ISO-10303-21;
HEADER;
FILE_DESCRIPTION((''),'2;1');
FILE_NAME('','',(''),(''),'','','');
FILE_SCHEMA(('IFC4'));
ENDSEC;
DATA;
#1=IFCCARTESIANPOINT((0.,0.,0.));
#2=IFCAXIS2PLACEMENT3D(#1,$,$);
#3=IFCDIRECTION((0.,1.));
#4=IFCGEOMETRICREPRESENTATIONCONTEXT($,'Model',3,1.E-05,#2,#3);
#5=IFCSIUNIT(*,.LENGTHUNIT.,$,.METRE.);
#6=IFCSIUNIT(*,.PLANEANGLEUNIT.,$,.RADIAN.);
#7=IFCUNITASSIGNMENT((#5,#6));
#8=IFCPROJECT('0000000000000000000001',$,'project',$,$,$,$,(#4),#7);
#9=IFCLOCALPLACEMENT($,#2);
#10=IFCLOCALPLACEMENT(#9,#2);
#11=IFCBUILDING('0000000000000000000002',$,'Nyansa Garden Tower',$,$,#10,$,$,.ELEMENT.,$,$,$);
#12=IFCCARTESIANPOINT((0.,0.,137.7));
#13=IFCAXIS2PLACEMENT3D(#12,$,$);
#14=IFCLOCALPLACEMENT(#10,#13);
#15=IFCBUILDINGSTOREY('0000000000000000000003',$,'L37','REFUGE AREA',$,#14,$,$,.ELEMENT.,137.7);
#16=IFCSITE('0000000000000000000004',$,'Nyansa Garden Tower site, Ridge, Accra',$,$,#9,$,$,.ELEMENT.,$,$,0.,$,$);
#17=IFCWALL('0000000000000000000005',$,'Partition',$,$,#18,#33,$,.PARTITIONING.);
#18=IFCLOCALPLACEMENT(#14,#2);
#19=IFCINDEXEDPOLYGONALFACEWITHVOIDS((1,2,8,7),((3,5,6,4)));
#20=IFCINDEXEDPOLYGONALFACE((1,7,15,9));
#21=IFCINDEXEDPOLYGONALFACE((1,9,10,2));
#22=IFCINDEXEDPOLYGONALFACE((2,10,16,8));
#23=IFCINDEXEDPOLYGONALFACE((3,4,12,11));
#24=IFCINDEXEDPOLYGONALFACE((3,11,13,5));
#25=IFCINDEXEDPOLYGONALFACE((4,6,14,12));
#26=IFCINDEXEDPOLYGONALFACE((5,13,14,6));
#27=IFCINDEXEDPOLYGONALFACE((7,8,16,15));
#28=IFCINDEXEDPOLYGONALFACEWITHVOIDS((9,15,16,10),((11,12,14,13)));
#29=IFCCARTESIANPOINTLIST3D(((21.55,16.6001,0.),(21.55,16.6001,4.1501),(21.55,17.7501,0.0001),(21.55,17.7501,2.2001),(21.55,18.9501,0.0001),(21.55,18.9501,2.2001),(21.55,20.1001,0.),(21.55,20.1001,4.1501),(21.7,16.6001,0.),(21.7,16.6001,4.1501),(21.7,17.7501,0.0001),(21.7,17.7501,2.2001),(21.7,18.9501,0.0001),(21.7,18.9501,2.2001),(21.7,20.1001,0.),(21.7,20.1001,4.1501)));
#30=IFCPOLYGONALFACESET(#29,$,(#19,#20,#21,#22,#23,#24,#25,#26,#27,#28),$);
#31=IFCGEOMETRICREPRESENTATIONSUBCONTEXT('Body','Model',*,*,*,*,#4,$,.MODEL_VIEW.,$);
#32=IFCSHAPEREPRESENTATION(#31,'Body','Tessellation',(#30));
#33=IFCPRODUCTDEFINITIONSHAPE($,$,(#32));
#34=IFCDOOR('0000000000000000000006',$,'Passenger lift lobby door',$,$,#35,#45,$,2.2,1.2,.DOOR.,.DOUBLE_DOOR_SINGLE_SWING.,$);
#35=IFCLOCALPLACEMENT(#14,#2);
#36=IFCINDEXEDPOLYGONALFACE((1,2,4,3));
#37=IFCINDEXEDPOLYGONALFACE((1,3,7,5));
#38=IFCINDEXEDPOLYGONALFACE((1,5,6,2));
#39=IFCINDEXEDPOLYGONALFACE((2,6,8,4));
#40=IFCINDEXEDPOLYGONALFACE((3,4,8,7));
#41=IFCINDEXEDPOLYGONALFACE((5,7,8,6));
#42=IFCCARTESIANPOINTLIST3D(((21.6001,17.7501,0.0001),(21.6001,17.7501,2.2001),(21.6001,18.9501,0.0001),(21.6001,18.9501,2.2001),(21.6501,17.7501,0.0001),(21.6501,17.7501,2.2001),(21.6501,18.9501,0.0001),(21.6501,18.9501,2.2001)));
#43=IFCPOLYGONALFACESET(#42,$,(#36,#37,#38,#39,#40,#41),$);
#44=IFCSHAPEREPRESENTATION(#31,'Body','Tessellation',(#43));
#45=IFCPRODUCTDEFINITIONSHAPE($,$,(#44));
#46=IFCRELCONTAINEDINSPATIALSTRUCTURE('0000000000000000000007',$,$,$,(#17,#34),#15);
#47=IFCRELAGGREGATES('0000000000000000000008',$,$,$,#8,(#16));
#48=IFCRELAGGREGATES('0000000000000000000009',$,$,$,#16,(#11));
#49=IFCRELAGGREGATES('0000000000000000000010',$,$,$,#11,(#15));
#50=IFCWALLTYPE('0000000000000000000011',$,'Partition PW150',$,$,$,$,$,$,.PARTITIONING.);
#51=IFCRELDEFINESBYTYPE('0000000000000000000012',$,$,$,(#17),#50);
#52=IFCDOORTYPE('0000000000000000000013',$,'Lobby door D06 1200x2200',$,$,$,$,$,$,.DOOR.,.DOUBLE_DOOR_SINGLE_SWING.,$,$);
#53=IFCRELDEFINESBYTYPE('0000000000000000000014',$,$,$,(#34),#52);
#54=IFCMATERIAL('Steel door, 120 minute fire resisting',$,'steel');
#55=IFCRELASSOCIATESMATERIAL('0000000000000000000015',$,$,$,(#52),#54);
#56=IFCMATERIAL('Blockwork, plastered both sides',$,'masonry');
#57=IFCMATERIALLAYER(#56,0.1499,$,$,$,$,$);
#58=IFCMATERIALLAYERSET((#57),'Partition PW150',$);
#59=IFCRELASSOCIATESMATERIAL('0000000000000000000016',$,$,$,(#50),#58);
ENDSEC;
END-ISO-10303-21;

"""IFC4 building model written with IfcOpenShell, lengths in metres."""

from ifc_helpers import new_model, si_unit, direction, frame, frame_2d, origin, place, context, subcontext, project, spatial, rectangle, extrude, material, layer, layer_set, type_object, element, fill, save


model = new_model("IFC4")

# Units and contexts
model_context = context("Model", 3, precision=1e-05, world=origin(), true_north=direction((0.0, 1.0)))
body_context = subcontext(model_context, "Body", "Model", "MODEL_VIEW")
ifc_project = project(units=[si_unit("LENGTHUNIT", "METRE"), si_unit("PLANEANGLEUNIT", "RADIAN")], contexts=[model_context])

# Site, building, storey
site_placement = place(None, origin())
site = spatial("IfcSite", under=ifc_project, at=site_placement, Name="Nyansa Garden Tower site, Ridge, Accra", CompositionType="ELEMENT", RefElevation=0.0)
building_placement = place(site_placement, origin())
building = spatial("IfcBuilding", under=site, at=building_placement, Name="Nyansa Garden Tower", CompositionType="ELEMENT")
storey_placement = place(building_placement, frame((0.0, 0.0, 137.7)))
storey = spatial("IfcBuildingStorey", under=building, at=storey_placement, Name="L37", Description="REFUGE AREA", CompositionType="ELEMENT", Elevation=137.7)

# Wall, opening, door
ifc_material_1 = material(Name="Steel door, 120 minute fire resisting", Category="steel")
door_type = type_object("IfcDoorType", Name="Lobby door D06 1200x2200", OperationType="DOUBLE_DOOR_SINGLE_SWING", PredefinedType="DOOR", material=ifc_material_1)
ifc_material_2 = material(Name="Blockwork, plastered both sides", Category="masonry")
ifc_layer_1 = layer(ifc_material_2, 0.1499)
ifc_layer_set_1 = layer_set([ifc_layer_1], Name="Partition PW150")
wall_type_1 = type_object("IfcWallType", Name="Partition PW150", PredefinedType="PARTITIONING", material=ifc_layer_set_1)
wall_1_placement = place(storey_placement, frame((21.625, 16.6001, 0.0), z_axis=(0.0, 0.0, 1.0), x_axis=(0.0, 1.0, 0.0)))
wall_1 = element("IfcWall", 1, at=wall_1_placement, inside=storey, type_object=wall_type_1, Name="Partition", PredefinedType="PARTITIONING", context=body_context, shape_type="SweptSolid", body=[
    extrude(rectangle(XDim=3.5, YDim=0.1499, at=frame_2d((1.75, 0.0))), origin(), (0.0, 0.0, 1.0), 4.1501),
])
opening_1_placement = place(wall_1_placement, frame((1.1499, 0.0, 0.0)))
opening_1 = element("IfcOpeningElement", 2, at=opening_1_placement, cuts=wall_1, PredefinedType="OPENING", context=body_context, shape_type="SweptSolid", body=[
    extrude(rectangle(XDim=1.2, YDim=2.2, at=frame_2d((0.6001, 1.1001))), frame((0.0, 0.085, 0.0), z_axis=(0.0, -1.0, 0.0), x_axis=(1.0, 0.0, 0.0)), (0.0, 0.0, 1.0), 0.1699),
])
door_1_placement = place(opening_1_placement, origin())
door_1 = element("IfcDoor", 3, at=door_1_placement, inside=storey, type_object=door_type, Name="Passenger lift lobby door", OperationType="DOUBLE_DOOR_SINGLE_SWING", OverallHeight=2.2, OverallWidth=1.2, PredefinedType="DOOR", context=body_context, shape_type="SweptSolid", body=[
    extrude(rectangle(XDim=1.2, YDim=2.2, at=frame_2d((0.6001, 1.1001))), frame((0.0, 0.0249, 0.0), z_axis=(0.0, -1.0, 0.0), x_axis=(1.0, 0.0, 0.0)), (0.0, 0.0, 1.0), 0.05),
])
fill(opening_1, door_1)

save(model, "model.ifc")
